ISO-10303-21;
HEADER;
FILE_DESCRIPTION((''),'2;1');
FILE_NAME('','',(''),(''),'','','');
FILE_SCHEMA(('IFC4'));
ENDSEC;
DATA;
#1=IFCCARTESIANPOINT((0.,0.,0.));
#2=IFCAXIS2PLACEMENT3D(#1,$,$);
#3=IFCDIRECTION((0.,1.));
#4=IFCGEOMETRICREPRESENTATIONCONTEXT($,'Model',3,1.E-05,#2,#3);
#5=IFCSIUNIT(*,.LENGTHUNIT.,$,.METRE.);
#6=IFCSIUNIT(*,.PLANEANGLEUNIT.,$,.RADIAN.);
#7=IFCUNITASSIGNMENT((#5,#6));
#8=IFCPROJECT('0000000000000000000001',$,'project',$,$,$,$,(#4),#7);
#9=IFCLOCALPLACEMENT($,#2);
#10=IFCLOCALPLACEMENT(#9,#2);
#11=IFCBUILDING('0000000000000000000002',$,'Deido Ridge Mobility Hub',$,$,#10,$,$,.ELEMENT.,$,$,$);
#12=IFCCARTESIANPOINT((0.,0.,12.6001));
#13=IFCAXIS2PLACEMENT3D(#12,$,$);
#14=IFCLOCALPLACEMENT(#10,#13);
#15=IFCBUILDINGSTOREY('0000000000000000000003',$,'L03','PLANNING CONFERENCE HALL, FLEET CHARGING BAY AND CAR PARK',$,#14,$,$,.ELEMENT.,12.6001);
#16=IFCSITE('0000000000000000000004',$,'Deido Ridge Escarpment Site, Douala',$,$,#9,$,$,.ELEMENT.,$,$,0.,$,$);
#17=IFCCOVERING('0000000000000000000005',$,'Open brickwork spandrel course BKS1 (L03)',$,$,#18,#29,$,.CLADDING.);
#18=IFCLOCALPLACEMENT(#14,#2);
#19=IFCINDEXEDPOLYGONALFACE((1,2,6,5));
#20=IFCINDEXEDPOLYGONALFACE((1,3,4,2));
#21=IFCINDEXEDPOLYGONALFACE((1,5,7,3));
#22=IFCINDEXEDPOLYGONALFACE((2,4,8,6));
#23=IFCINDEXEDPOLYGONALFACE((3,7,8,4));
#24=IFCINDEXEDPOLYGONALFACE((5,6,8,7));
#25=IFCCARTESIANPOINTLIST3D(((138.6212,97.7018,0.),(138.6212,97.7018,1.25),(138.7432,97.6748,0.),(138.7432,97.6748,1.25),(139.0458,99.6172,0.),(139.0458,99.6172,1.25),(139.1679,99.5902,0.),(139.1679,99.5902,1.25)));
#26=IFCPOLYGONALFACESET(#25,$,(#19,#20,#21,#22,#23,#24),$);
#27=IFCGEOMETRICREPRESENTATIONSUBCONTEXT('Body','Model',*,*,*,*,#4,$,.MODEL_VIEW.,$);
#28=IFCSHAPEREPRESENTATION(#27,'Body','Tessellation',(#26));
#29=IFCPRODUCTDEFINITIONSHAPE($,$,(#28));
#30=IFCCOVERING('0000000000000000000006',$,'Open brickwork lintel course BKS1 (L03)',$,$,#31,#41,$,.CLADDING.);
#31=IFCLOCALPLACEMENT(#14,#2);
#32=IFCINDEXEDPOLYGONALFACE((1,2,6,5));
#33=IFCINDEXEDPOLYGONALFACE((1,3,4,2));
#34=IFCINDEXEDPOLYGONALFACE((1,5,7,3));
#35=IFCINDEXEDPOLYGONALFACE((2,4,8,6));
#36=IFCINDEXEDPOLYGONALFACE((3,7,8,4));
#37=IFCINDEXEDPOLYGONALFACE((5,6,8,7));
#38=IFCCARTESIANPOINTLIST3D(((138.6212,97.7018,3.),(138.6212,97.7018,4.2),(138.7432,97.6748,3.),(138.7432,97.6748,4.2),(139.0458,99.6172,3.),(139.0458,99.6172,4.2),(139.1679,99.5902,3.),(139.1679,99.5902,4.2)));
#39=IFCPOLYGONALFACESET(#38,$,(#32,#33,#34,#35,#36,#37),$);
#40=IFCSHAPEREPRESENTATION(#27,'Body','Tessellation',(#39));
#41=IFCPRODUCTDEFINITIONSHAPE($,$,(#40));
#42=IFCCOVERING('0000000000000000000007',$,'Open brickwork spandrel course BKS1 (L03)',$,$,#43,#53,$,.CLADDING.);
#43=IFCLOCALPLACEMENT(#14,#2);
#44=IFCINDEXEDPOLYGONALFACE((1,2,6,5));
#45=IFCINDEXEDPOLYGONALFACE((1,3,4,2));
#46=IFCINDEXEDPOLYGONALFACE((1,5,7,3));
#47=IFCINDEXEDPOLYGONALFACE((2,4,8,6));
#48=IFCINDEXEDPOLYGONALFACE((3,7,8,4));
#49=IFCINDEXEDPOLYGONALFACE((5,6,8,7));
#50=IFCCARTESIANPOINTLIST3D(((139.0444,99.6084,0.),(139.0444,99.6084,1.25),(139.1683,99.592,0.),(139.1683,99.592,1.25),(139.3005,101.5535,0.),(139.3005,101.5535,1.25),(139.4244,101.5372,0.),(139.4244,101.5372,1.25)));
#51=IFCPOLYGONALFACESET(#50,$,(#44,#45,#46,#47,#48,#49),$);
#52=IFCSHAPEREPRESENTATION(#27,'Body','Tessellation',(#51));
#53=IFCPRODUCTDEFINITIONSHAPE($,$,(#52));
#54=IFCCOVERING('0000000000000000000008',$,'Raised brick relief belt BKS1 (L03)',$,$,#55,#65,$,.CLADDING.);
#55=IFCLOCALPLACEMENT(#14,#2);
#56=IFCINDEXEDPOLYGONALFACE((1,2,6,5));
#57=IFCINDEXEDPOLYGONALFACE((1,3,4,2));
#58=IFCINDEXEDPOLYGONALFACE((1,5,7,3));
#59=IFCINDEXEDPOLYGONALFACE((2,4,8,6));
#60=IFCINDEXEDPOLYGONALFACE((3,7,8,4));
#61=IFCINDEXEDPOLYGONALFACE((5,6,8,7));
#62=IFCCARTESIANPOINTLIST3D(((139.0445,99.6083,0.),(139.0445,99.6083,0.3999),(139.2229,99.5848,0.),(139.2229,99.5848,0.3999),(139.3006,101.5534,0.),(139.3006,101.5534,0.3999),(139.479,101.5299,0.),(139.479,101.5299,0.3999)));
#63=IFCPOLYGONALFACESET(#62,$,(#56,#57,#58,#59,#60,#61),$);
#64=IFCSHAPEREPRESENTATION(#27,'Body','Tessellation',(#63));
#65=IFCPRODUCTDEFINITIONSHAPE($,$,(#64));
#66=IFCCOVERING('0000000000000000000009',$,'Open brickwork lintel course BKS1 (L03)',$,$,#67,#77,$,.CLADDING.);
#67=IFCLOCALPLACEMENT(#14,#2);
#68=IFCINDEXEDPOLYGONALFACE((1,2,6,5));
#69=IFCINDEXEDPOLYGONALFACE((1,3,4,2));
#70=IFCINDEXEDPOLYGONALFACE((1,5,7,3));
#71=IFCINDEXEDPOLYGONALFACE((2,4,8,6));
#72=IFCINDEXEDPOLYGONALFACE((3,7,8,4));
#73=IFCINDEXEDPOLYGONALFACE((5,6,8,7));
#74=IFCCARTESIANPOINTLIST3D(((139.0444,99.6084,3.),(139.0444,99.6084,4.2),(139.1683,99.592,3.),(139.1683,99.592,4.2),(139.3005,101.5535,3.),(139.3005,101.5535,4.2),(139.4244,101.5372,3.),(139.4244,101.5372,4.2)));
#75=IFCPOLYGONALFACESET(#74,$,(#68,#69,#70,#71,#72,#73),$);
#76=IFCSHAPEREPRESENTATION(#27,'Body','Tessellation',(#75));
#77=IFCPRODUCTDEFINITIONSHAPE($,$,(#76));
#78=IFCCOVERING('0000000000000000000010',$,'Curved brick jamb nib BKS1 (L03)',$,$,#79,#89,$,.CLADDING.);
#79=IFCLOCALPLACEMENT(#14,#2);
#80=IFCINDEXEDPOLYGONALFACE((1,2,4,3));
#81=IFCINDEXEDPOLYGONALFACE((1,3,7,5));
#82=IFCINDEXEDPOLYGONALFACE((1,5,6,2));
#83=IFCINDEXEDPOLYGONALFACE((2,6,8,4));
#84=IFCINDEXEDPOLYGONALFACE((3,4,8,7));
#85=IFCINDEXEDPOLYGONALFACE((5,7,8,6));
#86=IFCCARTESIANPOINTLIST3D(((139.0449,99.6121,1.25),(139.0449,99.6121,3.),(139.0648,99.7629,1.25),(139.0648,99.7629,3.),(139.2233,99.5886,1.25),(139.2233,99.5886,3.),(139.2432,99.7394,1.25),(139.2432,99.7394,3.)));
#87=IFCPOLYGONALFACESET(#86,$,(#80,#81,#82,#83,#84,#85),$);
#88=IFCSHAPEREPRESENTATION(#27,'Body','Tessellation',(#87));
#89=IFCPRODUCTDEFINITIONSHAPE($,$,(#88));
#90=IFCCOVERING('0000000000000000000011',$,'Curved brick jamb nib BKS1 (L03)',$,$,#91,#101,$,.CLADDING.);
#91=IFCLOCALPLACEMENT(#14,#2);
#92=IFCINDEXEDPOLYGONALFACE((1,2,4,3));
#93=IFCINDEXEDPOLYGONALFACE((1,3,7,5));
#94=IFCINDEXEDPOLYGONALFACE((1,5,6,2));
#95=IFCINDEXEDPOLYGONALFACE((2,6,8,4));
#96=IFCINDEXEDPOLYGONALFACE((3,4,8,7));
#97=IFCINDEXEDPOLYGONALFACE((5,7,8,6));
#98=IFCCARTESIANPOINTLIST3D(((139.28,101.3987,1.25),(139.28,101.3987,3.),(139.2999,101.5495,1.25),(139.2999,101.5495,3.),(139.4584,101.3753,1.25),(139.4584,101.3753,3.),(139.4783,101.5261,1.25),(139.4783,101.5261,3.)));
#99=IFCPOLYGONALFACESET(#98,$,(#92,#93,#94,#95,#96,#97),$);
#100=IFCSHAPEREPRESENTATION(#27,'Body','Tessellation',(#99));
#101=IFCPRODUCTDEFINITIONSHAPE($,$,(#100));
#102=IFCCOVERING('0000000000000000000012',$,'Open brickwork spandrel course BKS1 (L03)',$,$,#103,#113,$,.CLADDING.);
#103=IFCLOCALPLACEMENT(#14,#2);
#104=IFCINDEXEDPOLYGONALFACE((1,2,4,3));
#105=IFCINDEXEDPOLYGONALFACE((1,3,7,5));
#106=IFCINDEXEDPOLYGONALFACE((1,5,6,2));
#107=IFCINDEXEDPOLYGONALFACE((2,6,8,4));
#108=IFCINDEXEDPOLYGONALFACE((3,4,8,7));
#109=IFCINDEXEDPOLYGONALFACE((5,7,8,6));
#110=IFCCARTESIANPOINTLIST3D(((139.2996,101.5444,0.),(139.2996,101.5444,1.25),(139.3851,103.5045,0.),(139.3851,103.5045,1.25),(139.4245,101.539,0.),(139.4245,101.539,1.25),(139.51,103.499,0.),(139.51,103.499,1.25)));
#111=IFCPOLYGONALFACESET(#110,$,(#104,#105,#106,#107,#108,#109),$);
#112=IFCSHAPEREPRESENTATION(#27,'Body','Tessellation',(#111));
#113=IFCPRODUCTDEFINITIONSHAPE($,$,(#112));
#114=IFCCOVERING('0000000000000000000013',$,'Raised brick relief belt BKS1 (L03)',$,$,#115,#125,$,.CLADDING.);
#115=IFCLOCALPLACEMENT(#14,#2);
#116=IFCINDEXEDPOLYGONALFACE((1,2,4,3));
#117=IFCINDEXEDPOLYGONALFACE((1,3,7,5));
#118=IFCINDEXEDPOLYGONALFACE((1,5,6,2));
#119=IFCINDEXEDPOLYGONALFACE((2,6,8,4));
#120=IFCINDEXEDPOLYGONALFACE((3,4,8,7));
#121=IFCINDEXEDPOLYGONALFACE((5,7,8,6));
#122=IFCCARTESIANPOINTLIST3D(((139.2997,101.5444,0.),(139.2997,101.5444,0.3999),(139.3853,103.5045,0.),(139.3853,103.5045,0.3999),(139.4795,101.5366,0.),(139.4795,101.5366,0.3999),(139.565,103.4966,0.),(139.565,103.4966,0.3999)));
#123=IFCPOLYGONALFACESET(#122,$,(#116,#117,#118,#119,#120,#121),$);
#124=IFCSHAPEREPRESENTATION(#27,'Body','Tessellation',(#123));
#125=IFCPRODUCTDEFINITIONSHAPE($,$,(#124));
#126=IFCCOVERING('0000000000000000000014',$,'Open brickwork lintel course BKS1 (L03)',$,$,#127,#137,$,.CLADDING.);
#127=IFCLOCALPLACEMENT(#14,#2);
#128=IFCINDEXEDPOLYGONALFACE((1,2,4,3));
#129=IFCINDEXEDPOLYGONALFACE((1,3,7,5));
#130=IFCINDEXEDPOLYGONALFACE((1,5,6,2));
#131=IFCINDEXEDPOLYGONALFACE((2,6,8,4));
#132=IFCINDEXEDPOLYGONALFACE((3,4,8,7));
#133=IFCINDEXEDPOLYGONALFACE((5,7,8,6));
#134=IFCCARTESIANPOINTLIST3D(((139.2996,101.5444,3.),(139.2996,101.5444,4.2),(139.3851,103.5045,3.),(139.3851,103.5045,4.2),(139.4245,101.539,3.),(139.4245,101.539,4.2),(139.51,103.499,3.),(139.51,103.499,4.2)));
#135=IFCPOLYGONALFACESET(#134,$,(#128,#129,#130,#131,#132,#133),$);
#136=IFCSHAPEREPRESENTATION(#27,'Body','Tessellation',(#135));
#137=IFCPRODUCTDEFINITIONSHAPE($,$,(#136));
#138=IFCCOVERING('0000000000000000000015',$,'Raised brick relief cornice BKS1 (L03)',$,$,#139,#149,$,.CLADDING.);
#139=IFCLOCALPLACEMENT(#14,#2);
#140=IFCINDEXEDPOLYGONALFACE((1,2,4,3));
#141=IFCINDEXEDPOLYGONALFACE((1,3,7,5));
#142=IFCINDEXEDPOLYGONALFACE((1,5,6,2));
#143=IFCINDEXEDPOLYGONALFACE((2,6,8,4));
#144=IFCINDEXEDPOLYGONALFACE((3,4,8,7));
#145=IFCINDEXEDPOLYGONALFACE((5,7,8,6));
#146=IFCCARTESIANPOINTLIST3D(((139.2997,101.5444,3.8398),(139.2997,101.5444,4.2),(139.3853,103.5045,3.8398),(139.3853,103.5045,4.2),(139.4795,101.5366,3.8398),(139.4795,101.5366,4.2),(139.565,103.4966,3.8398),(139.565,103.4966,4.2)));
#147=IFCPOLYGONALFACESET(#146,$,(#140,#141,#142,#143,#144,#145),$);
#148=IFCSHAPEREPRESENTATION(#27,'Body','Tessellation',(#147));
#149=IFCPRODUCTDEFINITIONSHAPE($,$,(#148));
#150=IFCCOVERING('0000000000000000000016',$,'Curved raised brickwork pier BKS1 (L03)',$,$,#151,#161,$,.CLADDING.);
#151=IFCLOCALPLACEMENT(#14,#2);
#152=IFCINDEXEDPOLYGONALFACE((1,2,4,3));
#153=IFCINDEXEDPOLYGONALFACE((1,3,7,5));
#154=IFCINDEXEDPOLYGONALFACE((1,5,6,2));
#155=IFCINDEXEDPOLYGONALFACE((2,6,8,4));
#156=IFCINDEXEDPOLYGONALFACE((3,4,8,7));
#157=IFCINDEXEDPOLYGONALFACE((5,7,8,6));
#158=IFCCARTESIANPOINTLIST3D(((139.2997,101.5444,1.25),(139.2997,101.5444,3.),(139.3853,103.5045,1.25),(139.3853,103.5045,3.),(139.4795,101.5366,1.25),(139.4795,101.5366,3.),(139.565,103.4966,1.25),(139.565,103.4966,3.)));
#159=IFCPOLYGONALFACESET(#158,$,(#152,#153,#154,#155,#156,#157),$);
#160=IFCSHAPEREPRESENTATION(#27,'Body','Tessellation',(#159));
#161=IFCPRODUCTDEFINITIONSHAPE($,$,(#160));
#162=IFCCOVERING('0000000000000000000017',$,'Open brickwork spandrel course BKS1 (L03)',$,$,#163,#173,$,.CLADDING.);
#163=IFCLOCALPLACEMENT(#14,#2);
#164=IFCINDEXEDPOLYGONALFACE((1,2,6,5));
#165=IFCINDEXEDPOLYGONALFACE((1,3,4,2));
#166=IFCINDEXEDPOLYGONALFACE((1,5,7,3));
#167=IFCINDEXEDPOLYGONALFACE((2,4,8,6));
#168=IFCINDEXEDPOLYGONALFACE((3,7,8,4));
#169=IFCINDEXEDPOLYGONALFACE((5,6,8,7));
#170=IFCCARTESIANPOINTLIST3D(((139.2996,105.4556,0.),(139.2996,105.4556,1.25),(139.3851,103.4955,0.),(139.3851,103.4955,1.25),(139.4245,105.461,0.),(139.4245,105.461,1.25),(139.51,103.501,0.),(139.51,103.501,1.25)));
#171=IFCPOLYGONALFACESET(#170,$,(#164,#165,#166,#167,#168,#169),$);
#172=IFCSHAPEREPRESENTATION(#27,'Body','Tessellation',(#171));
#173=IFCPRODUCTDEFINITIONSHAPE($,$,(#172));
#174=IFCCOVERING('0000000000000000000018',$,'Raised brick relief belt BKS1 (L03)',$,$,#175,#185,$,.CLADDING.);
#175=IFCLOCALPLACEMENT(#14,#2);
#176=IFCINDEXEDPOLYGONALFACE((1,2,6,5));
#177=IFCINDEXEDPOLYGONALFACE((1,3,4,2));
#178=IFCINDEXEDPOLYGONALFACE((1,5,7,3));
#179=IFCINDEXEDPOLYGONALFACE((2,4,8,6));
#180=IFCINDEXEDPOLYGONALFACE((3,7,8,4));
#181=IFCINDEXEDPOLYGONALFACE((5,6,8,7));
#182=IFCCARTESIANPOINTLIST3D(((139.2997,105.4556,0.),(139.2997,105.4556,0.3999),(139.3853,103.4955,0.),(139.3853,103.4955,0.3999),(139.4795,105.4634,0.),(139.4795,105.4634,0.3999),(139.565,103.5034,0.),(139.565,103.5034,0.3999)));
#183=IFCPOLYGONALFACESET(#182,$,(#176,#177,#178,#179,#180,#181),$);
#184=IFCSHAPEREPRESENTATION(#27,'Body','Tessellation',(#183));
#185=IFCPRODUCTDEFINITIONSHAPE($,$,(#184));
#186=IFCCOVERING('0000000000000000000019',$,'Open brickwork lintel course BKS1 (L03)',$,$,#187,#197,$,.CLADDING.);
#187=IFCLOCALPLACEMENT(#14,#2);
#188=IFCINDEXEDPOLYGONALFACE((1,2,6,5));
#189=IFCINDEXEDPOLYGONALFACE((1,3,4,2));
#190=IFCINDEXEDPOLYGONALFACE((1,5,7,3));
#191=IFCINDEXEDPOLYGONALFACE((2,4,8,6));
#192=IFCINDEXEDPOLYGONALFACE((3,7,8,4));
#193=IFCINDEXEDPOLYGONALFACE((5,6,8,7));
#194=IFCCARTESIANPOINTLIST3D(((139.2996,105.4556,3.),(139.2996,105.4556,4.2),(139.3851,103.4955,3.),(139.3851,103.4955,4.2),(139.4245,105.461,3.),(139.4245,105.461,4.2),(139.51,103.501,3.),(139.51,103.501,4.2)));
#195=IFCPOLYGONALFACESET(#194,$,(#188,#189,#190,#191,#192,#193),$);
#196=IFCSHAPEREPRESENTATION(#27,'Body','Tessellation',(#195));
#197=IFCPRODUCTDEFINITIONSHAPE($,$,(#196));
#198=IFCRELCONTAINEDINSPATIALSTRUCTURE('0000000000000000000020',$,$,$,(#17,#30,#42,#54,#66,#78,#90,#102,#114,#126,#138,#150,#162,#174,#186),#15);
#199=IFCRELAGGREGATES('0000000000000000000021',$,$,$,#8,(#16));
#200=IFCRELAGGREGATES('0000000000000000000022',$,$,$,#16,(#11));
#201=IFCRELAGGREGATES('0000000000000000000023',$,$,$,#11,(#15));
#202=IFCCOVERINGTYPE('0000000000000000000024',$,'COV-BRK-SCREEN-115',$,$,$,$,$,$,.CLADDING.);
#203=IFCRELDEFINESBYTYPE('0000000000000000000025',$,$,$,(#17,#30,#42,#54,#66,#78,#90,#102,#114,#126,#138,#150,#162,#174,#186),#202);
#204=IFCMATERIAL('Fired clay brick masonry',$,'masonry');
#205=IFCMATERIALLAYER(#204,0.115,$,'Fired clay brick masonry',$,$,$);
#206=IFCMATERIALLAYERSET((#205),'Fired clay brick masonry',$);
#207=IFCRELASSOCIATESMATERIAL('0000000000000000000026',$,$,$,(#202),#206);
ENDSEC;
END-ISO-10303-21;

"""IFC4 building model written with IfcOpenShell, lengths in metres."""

from ifc_helpers import new_model, si_unit, direction, frame, origin, origin_2d, place, context, subcontext, project, spatial, rectangle, extrude, material, layer, layer_set, type_object, element, save


model = new_model("IFC4")

# Units and contexts
model_context = context("Model", 3, precision=1e-05, world=origin(), true_north=direction((0.0, 1.0)))
body_context = subcontext(model_context, "Body", "Model", "MODEL_VIEW")
ifc_project = project(units=[si_unit("LENGTHUNIT", "METRE"), si_unit("PLANEANGLEUNIT", "RADIAN")], contexts=[model_context])

# Site, building, storey
site_placement = place(None, origin())
site = spatial("IfcSite", under=ifc_project, at=site_placement, Name="Deido Ridge Escarpment Site, Douala", CompositionType="ELEMENT", RefElevation=0.0)
building_placement = place(site_placement, origin())
building = spatial("IfcBuilding", under=site, at=building_placement, Name="Deido Ridge Mobility Hub", CompositionType="ELEMENT")
storey_placement = place(building_placement, frame((0.0, 0.0, 12.6001)))
storey = spatial("IfcBuildingStorey", under=building, at=storey_placement, Name="L03", Description="PLANNING CONFERENCE HALL, FLEET CHARGING BAY AND CAR PARK", CompositionType="ELEMENT", Elevation=12.6001)

# Coverings
ifc_material_1 = material(Name="Fired clay brick masonry", Category="masonry")
ifc_layer = layer(ifc_material_1, 0.115, Name="Fired clay brick masonry")
ifc_layer_set = layer_set([ifc_layer], Name="Fired clay brick masonry")
covering_type = type_object("IfcCoveringType", Name="COV-BRK-SCREEN-115", PredefinedType="CLADDING", material=ifc_layer_set)
covering_1_placement = place(storey_placement, frame((138.8945, 98.646, 0.0), z_axis=(0.0, 0.0, 1.0), x_axis=(0.216457, 0.976292, 0.0)))
element("IfcCovering", 1, at=covering_1_placement, inside=storey, type_object=covering_type, Name="Open brickwork spandrel course BKS1 (L03)", PredefinedType="CLADDING", context=body_context, shape_type="SweptSolid", body=[
    extrude(rectangle(XDim=1.9619, YDim=0.125, at=origin_2d()), origin(), (0.0, 0.0, 1.0), 1.25),
])
covering_2_placement = place(storey_placement, frame((138.8945, 98.646, 3.0), z_axis=(0.0, 0.0, 1.0), x_axis=(0.216457, 0.976292, 0.0)))
element("IfcCovering", 2, at=covering_2_placement, inside=storey, type_object=covering_type, Name="Open brickwork lintel course BKS1 (L03)", PredefinedType="CLADDING", context=body_context, shape_type="SweptSolid", body=[
    extrude(rectangle(XDim=1.9619, YDim=0.125, at=origin_2d()), origin(), (0.0, 0.0, 1.0), 1.2),
])
covering_3_placement = place(storey_placement, frame((139.2344, 100.5728, 0.0), z_axis=(0.0, 0.0, 1.0), x_axis=(0.130543, 0.991443, 0.0)))
element("IfcCovering", 3, at=covering_3_placement, inside=storey, type_object=covering_type, Name="Open brickwork spandrel course BKS1 (L03)", PredefinedType="CLADDING", context=body_context, shape_type="SweptSolid", body=[
    extrude(rectangle(XDim=1.9619, YDim=0.125, at=origin_2d()), origin(), (0.0, 0.0, 1.0), 1.25),
])
covering_4_placement = place(storey_placement, frame((139.2617, 100.5691, 0.0), z_axis=(0.0, 0.0, 1.0), x_axis=(0.130543, 0.991443, 0.0)))
element("IfcCovering", 4, at=covering_4_placement, inside=storey, type_object=covering_type, Name="Raised brick relief belt BKS1 (L03)", PredefinedType="CLADDING", context=body_context, shape_type="SweptSolid", body=[
    extrude(rectangle(XDim=1.9619, YDim=0.1799, at=origin_2d()), origin(), (0.0, 0.0, 1.0), 0.3999),
])
covering_5_placement = place(storey_placement, frame((139.2344, 100.5728, 3.0), z_axis=(0.0, 0.0, 1.0), x_axis=(0.130543, 0.991443, 0.0)))
element("IfcCovering", 5, at=covering_5_placement, inside=storey, type_object=covering_type, Name="Open brickwork lintel course BKS1 (L03)", PredefinedType="CLADDING", context=body_context, shape_type="SweptSolid", body=[
    extrude(rectangle(XDim=1.9619, YDim=0.125, at=origin_2d()), origin(), (0.0, 0.0, 1.0), 1.2),
])
for number, where, z_axis, x_axis, name in (
    (6, (139.144, 99.6758, 1.25), (0.0, 0.0, 1.0), (0.130543, 0.991443, 0.0), "Curved brick jamb nib BKS1 (L03)"),
    (7, (139.3792, 101.4624, 1.25), (0.0, 0.0, 1.0), (0.130543, 0.991443, 0.0), "Curved brick jamb nib BKS1 (L03)"),
):
    element("IfcCovering", number, at=place(storey_placement, frame(where, z_axis=z_axis, x_axis=x_axis)), inside=storey, type_object=covering_type, Name=name, PredefinedType="CLADDING", context=body_context, shape_type="SweptSolid", body=[
        extrude(rectangle(XDim=0.1521, YDim=0.1799, at=origin_2d()), origin(), (0.0, 0.0, 1.0), 1.75),
    ])
covering_6_placement = place(storey_placement, frame((139.4048, 102.5217, 0.0), z_axis=(0.0, 0.0, 1.0), x_axis=(0.043602, 0.999049, 0.0)))
element("IfcCovering", 8, at=covering_6_placement, inside=storey, type_object=covering_type, Name="Open brickwork spandrel course BKS1 (L03)", PredefinedType="CLADDING", context=body_context, shape_type="SweptSolid", body=[
    extrude(rectangle(XDim=1.9619, YDim=0.125, at=origin_2d()), origin(), (0.0, 0.0, 1.0), 1.25),
])
covering_7_placement = place(storey_placement, frame((139.4324, 102.5205, 0.0), z_axis=(0.0, 0.0, 1.0), x_axis=(0.043602, 0.999049, 0.0)))
element("IfcCovering", 9, at=covering_7_placement, inside=storey, type_object=covering_type, Name="Raised brick relief belt BKS1 (L03)", PredefinedType="CLADDING", context=body_context, shape_type="SweptSolid", body=[
    extrude(rectangle(XDim=1.9619, YDim=0.1799, at=origin_2d()), origin(), (0.0, 0.0, 1.0), 0.3999),
])
covering_8_placement = place(storey_placement, frame((139.4048, 102.5217, 3.0), z_axis=(0.0, 0.0, 1.0), x_axis=(0.043602, 0.999049, 0.0)))
element("IfcCovering", 10, at=covering_8_placement, inside=storey, type_object=covering_type, Name="Open brickwork lintel course BKS1 (L03)", PredefinedType="CLADDING", context=body_context, shape_type="SweptSolid", body=[
    extrude(rectangle(XDim=1.9619, YDim=0.125, at=origin_2d()), origin(), (0.0, 0.0, 1.0), 1.2),
])
covering_9_placement = place(storey_placement, frame((139.4324, 102.5205, 3.8398), z_axis=(0.0, 0.0, 1.0), x_axis=(0.043602, 0.999049, 0.0)))
element("IfcCovering", 11, at=covering_9_placement, inside=storey, type_object=covering_type, Name="Raised brick relief cornice BKS1 (L03)", PredefinedType="CLADDING", context=body_context, shape_type="SweptSolid", body=[
    extrude(rectangle(XDim=1.9619, YDim=0.1799, at=origin_2d()), origin(), (0.0, 0.0, 1.0), 0.3601),
])
covering_10_placement = place(storey_placement, frame((139.4324, 102.5205, 1.25), z_axis=(0.0, 0.0, 1.0), x_axis=(0.043602, 0.999049, 0.0)))
element("IfcCovering", 12, at=covering_10_placement, inside=storey, type_object=covering_type, Name="Curved raised brickwork pier BKS1 (L03)", PredefinedType="CLADDING", context=body_context, shape_type="SweptSolid", body=[
    extrude(rectangle(XDim=1.9619, YDim=0.1799, at=origin_2d()), origin(), (0.0, 0.0, 1.0), 1.75),
])
covering_11_placement = place(storey_placement, frame((139.4048, 104.4783, 0.0), z_axis=(0.0, 0.0, 1.0), x_axis=(-0.043602, 0.999049, 0.0)))
element("IfcCovering", 13, at=covering_11_placement, inside=storey, type_object=covering_type, Name="Open brickwork spandrel course BKS1 (L03)", PredefinedType="CLADDING", context=body_context, shape_type="SweptSolid", body=[
    extrude(rectangle(XDim=1.9619, YDim=0.125, at=origin_2d()), origin(), (0.0, 0.0, 1.0), 1.25),
])
covering_12_placement = place(storey_placement, frame((139.4324, 104.4795, 0.0), z_axis=(0.0, 0.0, 1.0), x_axis=(-0.043602, 0.999049, 0.0)))
element("IfcCovering", 14, at=covering_12_placement, inside=storey, type_object=covering_type, Name="Raised brick relief belt BKS1 (L03)", PredefinedType="CLADDING", context=body_context, shape_type="SweptSolid", body=[
    extrude(rectangle(XDim=1.9619, YDim=0.1799, at=origin_2d()), origin(), (0.0, 0.0, 1.0), 0.3999),
])
covering_13_placement = place(storey_placement, frame((139.4048, 104.4783, 3.0), z_axis=(0.0, 0.0, 1.0), x_axis=(-0.043602, 0.999049, 0.0)))
element("IfcCovering", 15, at=covering_13_placement, inside=storey, type_object=covering_type, Name="Open brickwork lintel course BKS1 (L03)", PredefinedType="CLADDING", context=body_context, shape_type="SweptSolid", body=[
    extrude(rectangle(XDim=1.9619, YDim=0.125, at=origin_2d()), origin(), (0.0, 0.0, 1.0), 1.2),
])

save(model, "model.ifc")
